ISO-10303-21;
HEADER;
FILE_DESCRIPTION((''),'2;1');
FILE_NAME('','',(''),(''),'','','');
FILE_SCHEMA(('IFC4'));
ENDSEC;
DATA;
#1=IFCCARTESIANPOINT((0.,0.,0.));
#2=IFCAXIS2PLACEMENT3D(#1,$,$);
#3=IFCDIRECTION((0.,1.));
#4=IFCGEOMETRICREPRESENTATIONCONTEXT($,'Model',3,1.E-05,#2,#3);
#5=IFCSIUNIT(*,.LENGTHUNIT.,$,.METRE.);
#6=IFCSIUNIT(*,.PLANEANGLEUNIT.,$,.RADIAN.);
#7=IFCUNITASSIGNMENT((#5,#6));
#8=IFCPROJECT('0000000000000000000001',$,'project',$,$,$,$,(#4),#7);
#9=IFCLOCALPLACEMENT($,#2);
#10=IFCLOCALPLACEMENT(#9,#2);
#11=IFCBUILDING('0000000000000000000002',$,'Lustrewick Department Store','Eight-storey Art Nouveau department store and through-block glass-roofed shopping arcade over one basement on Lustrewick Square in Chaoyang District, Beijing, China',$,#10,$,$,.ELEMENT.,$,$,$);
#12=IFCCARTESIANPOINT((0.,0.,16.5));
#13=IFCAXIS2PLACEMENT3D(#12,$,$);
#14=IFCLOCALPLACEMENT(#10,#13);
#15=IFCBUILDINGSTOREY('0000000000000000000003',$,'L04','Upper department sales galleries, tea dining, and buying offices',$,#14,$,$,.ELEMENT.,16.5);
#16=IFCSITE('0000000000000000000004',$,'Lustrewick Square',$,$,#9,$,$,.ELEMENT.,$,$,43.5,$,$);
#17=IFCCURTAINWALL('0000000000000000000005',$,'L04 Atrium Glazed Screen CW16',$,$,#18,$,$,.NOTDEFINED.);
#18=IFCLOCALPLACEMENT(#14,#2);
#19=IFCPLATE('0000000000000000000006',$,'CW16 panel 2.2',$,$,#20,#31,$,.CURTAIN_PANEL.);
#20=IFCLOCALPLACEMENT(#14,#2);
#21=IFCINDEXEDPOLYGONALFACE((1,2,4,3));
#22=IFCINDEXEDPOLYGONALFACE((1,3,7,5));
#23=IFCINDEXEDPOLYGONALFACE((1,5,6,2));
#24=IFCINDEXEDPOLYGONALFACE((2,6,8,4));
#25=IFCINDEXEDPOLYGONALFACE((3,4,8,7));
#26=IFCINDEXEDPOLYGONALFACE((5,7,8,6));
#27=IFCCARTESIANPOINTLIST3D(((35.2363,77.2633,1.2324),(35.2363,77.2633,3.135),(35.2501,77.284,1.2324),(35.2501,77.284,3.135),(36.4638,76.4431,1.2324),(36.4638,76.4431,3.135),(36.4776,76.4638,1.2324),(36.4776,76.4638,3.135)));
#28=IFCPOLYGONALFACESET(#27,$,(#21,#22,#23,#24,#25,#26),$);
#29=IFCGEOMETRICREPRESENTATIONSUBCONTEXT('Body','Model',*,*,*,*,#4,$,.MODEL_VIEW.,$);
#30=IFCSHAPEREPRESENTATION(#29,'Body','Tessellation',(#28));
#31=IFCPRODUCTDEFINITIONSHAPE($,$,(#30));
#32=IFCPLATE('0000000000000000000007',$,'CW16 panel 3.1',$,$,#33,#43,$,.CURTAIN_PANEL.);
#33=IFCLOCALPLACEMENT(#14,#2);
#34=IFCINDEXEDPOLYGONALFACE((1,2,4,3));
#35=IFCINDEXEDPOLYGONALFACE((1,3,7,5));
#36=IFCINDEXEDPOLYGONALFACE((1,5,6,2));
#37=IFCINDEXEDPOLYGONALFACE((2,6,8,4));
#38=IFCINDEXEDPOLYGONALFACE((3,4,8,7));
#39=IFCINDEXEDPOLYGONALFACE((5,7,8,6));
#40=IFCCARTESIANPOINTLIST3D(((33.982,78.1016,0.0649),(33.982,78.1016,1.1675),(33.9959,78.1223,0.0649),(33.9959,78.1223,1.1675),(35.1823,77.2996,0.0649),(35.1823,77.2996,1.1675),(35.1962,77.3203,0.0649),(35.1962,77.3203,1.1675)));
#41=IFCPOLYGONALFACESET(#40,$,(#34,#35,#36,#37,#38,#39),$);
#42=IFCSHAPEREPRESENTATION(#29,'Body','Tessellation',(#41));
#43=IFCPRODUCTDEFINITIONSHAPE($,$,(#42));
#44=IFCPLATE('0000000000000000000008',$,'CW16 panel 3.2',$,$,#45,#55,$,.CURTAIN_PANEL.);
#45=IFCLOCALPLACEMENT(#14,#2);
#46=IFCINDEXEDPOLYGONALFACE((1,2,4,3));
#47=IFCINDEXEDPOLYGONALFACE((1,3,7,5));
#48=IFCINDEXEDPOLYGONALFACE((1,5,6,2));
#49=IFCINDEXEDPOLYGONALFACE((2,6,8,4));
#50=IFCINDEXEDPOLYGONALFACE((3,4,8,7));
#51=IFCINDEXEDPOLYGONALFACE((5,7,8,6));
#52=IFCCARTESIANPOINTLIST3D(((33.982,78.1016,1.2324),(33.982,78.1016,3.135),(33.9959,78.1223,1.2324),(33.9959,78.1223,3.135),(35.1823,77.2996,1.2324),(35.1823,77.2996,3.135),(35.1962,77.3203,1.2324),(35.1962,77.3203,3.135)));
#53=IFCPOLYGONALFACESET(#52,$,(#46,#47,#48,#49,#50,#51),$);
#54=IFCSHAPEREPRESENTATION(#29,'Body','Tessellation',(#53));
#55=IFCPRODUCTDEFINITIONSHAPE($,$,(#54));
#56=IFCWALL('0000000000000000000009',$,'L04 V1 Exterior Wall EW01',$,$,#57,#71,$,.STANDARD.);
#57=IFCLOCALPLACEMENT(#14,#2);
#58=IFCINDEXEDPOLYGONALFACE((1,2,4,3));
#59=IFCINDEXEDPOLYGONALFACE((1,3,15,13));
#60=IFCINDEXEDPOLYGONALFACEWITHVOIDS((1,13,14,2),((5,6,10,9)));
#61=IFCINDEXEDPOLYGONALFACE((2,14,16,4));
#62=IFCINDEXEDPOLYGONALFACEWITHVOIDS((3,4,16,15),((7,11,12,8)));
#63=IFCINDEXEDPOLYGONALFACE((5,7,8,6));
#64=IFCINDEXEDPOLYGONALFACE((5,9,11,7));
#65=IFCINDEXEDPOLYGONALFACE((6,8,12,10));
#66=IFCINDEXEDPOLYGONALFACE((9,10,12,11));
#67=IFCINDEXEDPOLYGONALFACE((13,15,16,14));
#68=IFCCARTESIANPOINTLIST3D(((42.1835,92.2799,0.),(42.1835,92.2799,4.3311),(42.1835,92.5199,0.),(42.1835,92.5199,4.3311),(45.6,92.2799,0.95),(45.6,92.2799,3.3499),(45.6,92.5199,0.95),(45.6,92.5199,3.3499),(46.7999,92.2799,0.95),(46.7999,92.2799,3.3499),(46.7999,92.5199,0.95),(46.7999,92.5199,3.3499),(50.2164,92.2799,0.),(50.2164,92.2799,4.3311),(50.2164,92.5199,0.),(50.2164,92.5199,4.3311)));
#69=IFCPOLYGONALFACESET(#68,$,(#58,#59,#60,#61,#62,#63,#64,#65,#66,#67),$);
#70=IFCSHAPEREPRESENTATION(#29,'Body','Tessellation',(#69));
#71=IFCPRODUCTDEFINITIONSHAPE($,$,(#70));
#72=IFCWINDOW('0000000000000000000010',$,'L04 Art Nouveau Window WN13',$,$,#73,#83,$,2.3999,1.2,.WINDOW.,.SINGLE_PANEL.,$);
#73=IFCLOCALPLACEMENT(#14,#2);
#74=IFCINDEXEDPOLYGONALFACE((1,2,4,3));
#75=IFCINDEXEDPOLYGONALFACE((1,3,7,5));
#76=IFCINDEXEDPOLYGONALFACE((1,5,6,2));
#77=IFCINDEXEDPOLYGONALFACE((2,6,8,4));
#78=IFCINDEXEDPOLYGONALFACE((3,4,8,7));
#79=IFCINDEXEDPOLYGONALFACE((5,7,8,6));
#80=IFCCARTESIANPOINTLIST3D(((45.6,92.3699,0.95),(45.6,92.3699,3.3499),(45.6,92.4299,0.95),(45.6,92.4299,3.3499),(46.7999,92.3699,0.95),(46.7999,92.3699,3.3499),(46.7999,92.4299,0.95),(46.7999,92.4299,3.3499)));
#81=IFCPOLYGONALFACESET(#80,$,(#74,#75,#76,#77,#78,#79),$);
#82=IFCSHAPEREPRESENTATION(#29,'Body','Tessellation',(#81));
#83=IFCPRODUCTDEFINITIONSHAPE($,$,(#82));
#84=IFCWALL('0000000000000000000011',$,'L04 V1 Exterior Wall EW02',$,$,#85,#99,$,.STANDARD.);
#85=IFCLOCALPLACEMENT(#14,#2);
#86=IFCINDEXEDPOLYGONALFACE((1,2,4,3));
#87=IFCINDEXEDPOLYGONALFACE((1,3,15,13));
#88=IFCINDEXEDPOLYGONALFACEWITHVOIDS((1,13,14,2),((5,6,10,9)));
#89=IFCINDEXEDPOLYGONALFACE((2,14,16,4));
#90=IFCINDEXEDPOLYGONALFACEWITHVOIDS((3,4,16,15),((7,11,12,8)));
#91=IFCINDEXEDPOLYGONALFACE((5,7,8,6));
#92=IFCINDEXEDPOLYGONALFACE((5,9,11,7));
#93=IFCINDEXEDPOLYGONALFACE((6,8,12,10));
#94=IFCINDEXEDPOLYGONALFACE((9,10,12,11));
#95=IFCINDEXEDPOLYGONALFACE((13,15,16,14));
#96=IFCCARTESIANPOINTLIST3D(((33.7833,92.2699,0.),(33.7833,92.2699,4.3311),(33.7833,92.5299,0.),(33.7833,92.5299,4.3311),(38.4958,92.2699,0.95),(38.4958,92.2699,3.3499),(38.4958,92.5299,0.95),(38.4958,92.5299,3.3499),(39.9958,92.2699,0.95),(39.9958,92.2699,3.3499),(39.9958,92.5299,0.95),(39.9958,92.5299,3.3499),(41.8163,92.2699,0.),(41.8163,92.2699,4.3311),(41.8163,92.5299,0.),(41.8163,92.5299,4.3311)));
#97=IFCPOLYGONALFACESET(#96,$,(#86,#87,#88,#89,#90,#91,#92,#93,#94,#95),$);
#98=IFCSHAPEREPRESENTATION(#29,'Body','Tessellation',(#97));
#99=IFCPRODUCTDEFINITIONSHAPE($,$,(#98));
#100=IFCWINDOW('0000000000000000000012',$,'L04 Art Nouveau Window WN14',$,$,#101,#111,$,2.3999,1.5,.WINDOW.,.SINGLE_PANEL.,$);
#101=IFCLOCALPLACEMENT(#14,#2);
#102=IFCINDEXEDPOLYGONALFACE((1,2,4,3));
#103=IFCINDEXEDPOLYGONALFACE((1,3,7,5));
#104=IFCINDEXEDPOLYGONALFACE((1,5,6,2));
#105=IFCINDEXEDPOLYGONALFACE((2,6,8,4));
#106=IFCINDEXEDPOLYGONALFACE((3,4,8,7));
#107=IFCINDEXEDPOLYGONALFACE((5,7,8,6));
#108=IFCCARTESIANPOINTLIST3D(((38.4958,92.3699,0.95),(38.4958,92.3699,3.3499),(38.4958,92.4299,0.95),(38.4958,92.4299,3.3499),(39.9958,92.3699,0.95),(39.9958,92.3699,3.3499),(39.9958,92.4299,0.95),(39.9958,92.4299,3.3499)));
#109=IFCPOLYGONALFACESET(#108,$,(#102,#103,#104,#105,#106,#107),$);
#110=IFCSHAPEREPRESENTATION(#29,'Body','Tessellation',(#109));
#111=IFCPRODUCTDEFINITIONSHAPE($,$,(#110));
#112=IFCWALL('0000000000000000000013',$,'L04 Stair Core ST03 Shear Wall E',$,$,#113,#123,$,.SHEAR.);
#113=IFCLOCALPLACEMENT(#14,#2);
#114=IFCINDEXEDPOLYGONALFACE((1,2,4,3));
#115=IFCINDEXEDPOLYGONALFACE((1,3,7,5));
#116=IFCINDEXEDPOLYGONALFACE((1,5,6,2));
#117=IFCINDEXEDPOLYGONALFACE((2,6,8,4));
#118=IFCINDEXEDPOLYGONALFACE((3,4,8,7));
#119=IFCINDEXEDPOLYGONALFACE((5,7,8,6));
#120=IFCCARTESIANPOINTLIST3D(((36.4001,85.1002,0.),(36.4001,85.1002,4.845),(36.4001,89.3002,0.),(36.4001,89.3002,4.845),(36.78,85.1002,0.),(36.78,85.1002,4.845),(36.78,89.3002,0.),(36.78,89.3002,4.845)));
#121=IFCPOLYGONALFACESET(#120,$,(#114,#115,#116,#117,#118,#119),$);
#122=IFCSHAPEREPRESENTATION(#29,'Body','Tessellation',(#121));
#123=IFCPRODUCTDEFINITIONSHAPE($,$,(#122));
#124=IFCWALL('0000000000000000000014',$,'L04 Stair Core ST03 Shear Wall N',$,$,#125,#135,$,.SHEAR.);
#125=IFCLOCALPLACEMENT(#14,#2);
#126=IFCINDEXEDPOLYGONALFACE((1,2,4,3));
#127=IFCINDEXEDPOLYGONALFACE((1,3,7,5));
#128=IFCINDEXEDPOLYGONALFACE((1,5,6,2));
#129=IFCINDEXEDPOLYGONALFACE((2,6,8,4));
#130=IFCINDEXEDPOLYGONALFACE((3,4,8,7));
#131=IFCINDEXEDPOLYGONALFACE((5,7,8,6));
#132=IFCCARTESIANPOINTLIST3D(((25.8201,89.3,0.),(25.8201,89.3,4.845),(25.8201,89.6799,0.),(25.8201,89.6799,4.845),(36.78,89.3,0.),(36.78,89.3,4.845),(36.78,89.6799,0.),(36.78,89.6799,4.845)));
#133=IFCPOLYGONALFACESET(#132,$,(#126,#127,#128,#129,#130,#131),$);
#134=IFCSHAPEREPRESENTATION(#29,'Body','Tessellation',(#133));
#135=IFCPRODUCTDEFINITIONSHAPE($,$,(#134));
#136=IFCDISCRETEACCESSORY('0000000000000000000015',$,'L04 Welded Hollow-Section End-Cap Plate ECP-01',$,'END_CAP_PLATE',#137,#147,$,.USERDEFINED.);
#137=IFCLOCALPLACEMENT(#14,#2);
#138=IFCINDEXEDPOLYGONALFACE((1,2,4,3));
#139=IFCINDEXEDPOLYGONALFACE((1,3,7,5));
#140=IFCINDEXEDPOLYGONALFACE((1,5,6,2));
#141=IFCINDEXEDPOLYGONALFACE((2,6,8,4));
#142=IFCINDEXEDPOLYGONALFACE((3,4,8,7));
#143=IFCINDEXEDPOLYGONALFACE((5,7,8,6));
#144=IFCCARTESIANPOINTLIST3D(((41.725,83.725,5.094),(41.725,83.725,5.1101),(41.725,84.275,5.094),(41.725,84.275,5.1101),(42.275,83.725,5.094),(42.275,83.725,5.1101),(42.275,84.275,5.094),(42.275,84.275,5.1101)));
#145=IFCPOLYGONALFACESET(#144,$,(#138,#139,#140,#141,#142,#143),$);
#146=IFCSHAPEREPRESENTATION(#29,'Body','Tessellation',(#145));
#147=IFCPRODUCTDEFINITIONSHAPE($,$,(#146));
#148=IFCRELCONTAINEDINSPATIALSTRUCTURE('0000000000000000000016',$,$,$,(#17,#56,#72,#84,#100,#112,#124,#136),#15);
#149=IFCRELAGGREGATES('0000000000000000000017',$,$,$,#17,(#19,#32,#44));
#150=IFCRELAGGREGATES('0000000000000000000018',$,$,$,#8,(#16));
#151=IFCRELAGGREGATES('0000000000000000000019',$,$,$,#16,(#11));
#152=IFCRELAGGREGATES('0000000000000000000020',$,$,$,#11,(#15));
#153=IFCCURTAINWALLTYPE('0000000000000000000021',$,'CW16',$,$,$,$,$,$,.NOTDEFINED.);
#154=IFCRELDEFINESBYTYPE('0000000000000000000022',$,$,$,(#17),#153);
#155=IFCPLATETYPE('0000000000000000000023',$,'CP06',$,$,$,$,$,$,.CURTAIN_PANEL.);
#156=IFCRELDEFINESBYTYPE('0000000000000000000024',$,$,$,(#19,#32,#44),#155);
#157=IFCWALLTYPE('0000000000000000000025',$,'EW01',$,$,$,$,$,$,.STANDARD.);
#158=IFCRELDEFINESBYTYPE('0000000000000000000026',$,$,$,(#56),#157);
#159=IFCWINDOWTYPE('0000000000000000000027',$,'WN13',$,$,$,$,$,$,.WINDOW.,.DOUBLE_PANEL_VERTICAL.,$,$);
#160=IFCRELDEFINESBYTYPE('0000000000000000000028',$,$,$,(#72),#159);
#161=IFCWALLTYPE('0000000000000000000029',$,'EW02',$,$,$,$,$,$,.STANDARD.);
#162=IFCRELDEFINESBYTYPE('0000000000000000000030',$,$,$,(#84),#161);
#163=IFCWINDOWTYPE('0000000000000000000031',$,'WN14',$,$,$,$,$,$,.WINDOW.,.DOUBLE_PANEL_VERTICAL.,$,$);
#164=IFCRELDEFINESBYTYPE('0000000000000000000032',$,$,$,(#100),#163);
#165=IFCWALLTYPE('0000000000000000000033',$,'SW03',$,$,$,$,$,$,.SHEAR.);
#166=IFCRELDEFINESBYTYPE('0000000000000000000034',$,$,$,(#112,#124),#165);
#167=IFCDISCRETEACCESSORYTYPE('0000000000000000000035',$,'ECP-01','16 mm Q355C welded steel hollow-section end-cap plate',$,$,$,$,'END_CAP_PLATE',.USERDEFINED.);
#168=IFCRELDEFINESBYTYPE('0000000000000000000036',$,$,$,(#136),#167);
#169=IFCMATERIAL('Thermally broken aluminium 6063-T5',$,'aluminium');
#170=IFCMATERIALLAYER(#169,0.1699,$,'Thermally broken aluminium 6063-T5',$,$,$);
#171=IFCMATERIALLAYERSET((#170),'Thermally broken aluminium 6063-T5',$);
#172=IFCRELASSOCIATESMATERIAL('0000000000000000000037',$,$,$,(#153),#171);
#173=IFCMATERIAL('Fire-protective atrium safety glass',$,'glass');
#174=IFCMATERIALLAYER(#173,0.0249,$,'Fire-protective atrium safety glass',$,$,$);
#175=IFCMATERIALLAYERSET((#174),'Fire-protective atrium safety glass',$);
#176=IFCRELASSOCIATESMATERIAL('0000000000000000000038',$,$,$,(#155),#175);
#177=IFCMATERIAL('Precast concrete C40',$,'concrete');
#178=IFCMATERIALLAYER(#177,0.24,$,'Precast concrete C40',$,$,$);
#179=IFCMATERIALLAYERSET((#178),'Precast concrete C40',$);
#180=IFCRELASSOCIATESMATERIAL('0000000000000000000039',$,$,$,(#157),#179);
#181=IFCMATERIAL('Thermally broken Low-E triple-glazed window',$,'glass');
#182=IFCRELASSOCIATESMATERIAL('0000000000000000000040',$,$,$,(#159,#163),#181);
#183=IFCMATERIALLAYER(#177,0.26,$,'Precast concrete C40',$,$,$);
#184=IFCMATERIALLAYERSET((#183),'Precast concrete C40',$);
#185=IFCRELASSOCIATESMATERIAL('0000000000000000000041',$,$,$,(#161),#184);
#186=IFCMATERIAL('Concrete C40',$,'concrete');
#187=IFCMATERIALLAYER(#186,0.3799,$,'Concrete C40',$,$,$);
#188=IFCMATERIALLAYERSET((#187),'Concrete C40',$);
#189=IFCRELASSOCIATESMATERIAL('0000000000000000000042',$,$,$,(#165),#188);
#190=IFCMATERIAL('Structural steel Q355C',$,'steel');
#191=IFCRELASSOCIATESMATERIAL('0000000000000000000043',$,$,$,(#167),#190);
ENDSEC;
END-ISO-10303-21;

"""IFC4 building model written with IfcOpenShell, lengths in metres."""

from ifc_helpers import new_model, si_unit, direction, frame, frame_2d, origin, origin_2d, place, context, subcontext, project, spatial, rectangle, extrude, material, layer, layer_set, type_object, element, fill, aggregate, save


model = new_model("IFC4")

# Units and contexts
model_context = context("Model", 3, precision=1e-05, world=origin(), true_north=direction((0.0, 1.0)))
body_context = subcontext(model_context, "Body", "Model", "MODEL_VIEW")
ifc_project = project(units=[si_unit("LENGTHUNIT", "METRE"), si_unit("PLANEANGLEUNIT", "RADIAN")], contexts=[model_context])

# Site, building, storey
site_placement = place(None, origin())
site = spatial("IfcSite", under=ifc_project, at=site_placement, Name="Lustrewick Square", CompositionType="ELEMENT", RefElevation=43.5)
building_placement = place(site_placement, origin())
building = spatial("IfcBuilding", under=site, at=building_placement, Name="Lustrewick Department Store", Description="Eight-storey Art Nouveau department store and through-block glass-roofed shopping arcade over one basement on Lustrewick Square in Chaoyang District, Beijing, China", CompositionType="ELEMENT")
storey_placement = place(building_placement, frame((0.0, 0.0, 16.5)))
storey = spatial("IfcBuildingStorey", under=building, at=storey_placement, Name="L04", Description="Upper department sales galleries, tea dining, and buying offices", CompositionType="ELEMENT", Elevation=16.5)

# Shared definitions
ifc_material_1 = material(Name="Structural steel Q355C", Category="steel")

# Curtain wall
ifc_material_2 = material(Name="Thermally broken aluminium 6063-T5", Category="aluminium")
ifc_layer_1 = layer(ifc_material_2, 0.1699, Name="Thermally broken aluminium 6063-T5")
ifc_layer_set_1 = layer_set([ifc_layer_1], Name="Thermally broken aluminium 6063-T5")
curtain_wall_type_1 = type_object("IfcCurtainWallType", Name="CW16", PredefinedType="NOTDEFINED", material=ifc_layer_set_1)
curtain_wall_1_placement = place(storey_placement, origin())
curtain_wall_1 = element("IfcCurtainWall", 1, at=curtain_wall_1_placement, inside=storey, type_object=curtain_wall_type_1, Name="L04 Atrium Glazed Screen CW16", PredefinedType="NOTDEFINED")

# Plates
ifc_material_3 = material(Name="Fire-protective atrium safety glass", Category="glass")
ifc_layer_2 = layer(ifc_material_3, 0.0249, Name="Fire-protective atrium safety glass")
ifc_layer_set_2 = layer_set([ifc_layer_2], Name="Fire-protective atrium safety glass")
plate_type = type_object("IfcPlateType", Name="CP06", PredefinedType="CURTAIN_PANEL", material=ifc_layer_set_2)
plate_1_placement = place(storey_placement, frame((35.8569, 76.8635, 1.2324), z_axis=(0.0, 0.0, 1.0), x_axis=(-0.831464, 0.555578, 0.0)))
plate_1 = element("IfcPlate", 2, at=plate_1_placement, type_object=plate_type, Name="CW16 panel 2.2", PredefinedType="CURTAIN_PANEL", context=body_context, shape_type="SweptSolid", body=[
    extrude(rectangle(XDim=1.4763, YDim=0.0249, at=origin_2d()), origin(), (0.0, 0.0, 1.0), 1.9026),
])
plate_2_placement = place(storey_placement, frame((34.5891, 77.7109, 0.0649), z_axis=(0.0, 0.0, 1.0), x_axis=(-0.831464, 0.555578, 0.0)))
plate_2 = element("IfcPlate", 3, at=plate_2_placement, type_object=plate_type, Name="CW16 panel 3.1", PredefinedType="CURTAIN_PANEL", context=body_context, shape_type="SweptSolid", body=[
    extrude(rectangle(XDim=1.4436, YDim=0.0249, at=origin_2d()), origin(), (0.0, 0.0, 1.0), 1.1025),
])
plate_3_placement = place(storey_placement, frame((34.5891, 77.7109, 1.2324), z_axis=(0.0, 0.0, 1.0), x_axis=(-0.831464, 0.555578, 0.0)))
plate_3 = element("IfcPlate", 4, at=plate_3_placement, type_object=plate_type, Name="CW16 panel 3.2", PredefinedType="CURTAIN_PANEL", context=body_context, shape_type="SweptSolid", body=[
    extrude(rectangle(XDim=1.4436, YDim=0.0249, at=origin_2d()), origin(), (0.0, 0.0, 1.0), 1.9026),
])
aggregate(curtain_wall_1, [plate_1, plate_2, plate_3])

# Walls, openings, windows
ifc_material_4 = material(Name="Precast concrete C40", Category="concrete")
ifc_layer_3 = layer(ifc_material_4, 0.24, Name="Precast concrete C40")
ifc_layer_set_3 = layer_set([ifc_layer_3], Name="Precast concrete C40")
wall_type_1 = type_object("IfcWallType", Name="EW01", PredefinedType="STANDARD", material=ifc_layer_set_3)
wall_1_placement = place(storey_placement, frame((50.2166, 92.3999, 0.0), z_axis=(0.0, 0.0, 1.0), x_axis=(-1.0, 0.0, 0.0)))
wall_1 = element("IfcWall", 5, at=wall_1_placement, inside=storey, type_object=wall_type_1, Name="L04 V1 Exterior Wall EW01", PredefinedType="STANDARD", context=body_context, shape_type="SweptSolid", body=[
    extrude(rectangle(XDim=8.033, YDim=0.24, at=frame_2d((4.0166, 0.0))), origin(), (0.0, 0.0, 1.0), 4.3311),
])
opening_1_placement = place(wall_1_placement, frame((3.4165, 0.0, 0.95)))
opening_1 = element("IfcOpeningElement", 6, at=opening_1_placement, cuts=wall_1, PredefinedType="OPENING", context=body_context, shape_type="SweptSolid", body=[
    extrude(rectangle(XDim=1.2, YDim=2.3999, at=frame_2d((0.6001, 1.2))), frame((0.0, 0.1299, 0.0), z_axis=(0.0, -1.0, 0.0), x_axis=(1.0, 0.0, 0.0)), (0.0, 0.0, 1.0), 0.26),
])
ifc_material_5 = material(Name="Thermally broken Low-E triple-glazed window", Category="glass")
window_type_1 = type_object("IfcWindowType", Name="WN13", PartitioningType="DOUBLE_PANEL_VERTICAL", PredefinedType="WINDOW", material=ifc_material_5)
window_1_placement = place(opening_1_placement, origin())
window_1 = element("IfcWindow", 7, at=window_1_placement, inside=storey, type_object=window_type_1, Name="L04 Art Nouveau Window WN13", OverallHeight=2.3999, OverallWidth=1.2, PartitioningType="SINGLE_PANEL", PredefinedType="WINDOW", context=body_context, shape_type="SweptSolid", body=[
    extrude(rectangle(XDim=1.2, YDim=2.3999, at=frame_2d((0.6001, 1.2))), frame((0.0, 0.03, 0.0), z_axis=(0.0, -1.0, 0.0), x_axis=(1.0, 0.0, 0.0)), (0.0, 0.0, 1.0), 0.0601),
])
fill(opening_1, window_1)
ifc_layer_4 = layer(ifc_material_4, 0.26, Name="Precast concrete C40")
ifc_layer_set_4 = layer_set([ifc_layer_4], Name="Precast concrete C40")
wall_type_2 = type_object("IfcWallType", Name="EW02", PredefinedType="STANDARD", material=ifc_layer_set_4)
wall_2_placement = place(storey_placement, frame((41.8164, 92.3999, 0.0), z_axis=(0.0, 0.0, 1.0), x_axis=(-1.0, 0.0, 0.0)))
wall_2 = element("IfcWall", 8, at=wall_2_placement, inside=storey, type_object=wall_type_2, Name="L04 V1 Exterior Wall EW02", PredefinedType="STANDARD", context=body_context, shape_type="SweptSolid", body=[
    extrude(rectangle(XDim=8.033, YDim=0.26, at=frame_2d((4.0166, 0.0))), origin(), (0.0, 0.0, 1.0), 4.3311),
])
opening_2_placement = place(wall_2_placement, frame((1.8206, 0.0, 0.95)))
opening_2 = element("IfcOpeningElement", 9, at=opening_2_placement, cuts=wall_2, PredefinedType="OPENING", context=body_context, shape_type="SweptSolid", body=[
    extrude(rectangle(XDim=1.5, YDim=2.3999, at=frame_2d((0.75, 1.2))), frame((0.0, 0.1401, 0.0), z_axis=(0.0, -1.0, 0.0), x_axis=(1.0, 0.0, 0.0)), (0.0, 0.0, 1.0), 0.28),
])
window_type_2 = type_object("IfcWindowType", Name="WN14", PartitioningType="DOUBLE_PANEL_VERTICAL", PredefinedType="WINDOW", material=ifc_material_5)
window_2_placement = place(opening_2_placement, origin())
window_2 = element("IfcWindow", 10, at=window_2_placement, inside=storey, type_object=window_type_2, Name="L04 Art Nouveau Window WN14", OverallHeight=2.3999, OverallWidth=1.5, PartitioningType="SINGLE_PANEL", PredefinedType="WINDOW", context=body_context, shape_type="SweptSolid", body=[
    extrude(rectangle(XDim=1.5, YDim=2.3999, at=frame_2d((0.75, 1.2))), frame((0.0, 0.03, 0.0), z_axis=(0.0, -1.0, 0.0), x_axis=(1.0, 0.0, 0.0)), (0.0, 0.0, 1.0), 0.0601),
])
fill(opening_2, window_2)

# Walls
ifc_material_6 = material(Name="Concrete C40", Category="concrete")
ifc_layer_5 = layer(ifc_material_6, 0.3799, Name="Concrete C40")
ifc_layer_set_5 = layer_set([ifc_layer_5], Name="Concrete C40")
wall_type_3 = type_object("IfcWallType", Name="SW03", PredefinedType="SHEAR", material=ifc_layer_set_5)
wall_3_placement = place(storey_placement, frame((36.5901, 85.1001, 0.0), z_axis=(0.0, 0.0, 1.0), x_axis=(0.0, 1.0, 0.0)))
element("IfcWall", 11, at=wall_3_placement, inside=storey, type_object=wall_type_3, Name="L04 Stair Core ST03 Shear Wall E", PredefinedType="SHEAR", context=body_context, shape_type="SweptSolid", body=[
    extrude(rectangle(XDim=4.2, YDim=0.3799, at=frame_2d((2.1001, 0.0))), origin(), (0.0, 0.0, 1.0), 4.845),
])
wall_4_placement = place(storey_placement, frame((36.78, 89.49, 0.0), z_axis=(0.0, 0.0, 1.0), x_axis=(-1.0, 0.0, 0.0)))
element("IfcWall", 12, at=wall_4_placement, inside=storey, type_object=wall_type_3, Name="L04 Stair Core ST03 Shear Wall N", PredefinedType="SHEAR", context=body_context, shape_type="SweptSolid", body=[
    extrude(rectangle(XDim=10.96, YDim=0.3799, at=frame_2d((5.48, 0.0))), origin(), (0.0, 0.0, 1.0), 4.845),
])

# Discrete accessory
discrete_accessory_type = type_object("IfcDiscreteAccessoryType", Name="ECP-01", Description="16 mm Q355C welded steel hollow-section end-cap plate", ElementType="END_CAP_PLATE", PredefinedType="USERDEFINED", material=ifc_material_1)
discrete_accessory_placement = place(storey_placement, frame((42.0, 84.0, 5.094), z_axis=(0.0, 0.0, 1.0), x_axis=(1.0, 0.0, 0.0)))
element("IfcDiscreteAccessory", 13, at=discrete_accessory_placement, inside=storey, type_object=discrete_accessory_type, Name="L04 Welded Hollow-Section End-Cap Plate ECP-01", ObjectType="END_CAP_PLATE", PredefinedType="USERDEFINED", context=body_context, shape_type="SweptSolid", body=[
    extrude(rectangle(XDim=0.55, YDim=0.55, at=origin_2d()), origin(), (0.0, 0.0, 1.0), 0.0161),
])

save(model, "model.ifc")
